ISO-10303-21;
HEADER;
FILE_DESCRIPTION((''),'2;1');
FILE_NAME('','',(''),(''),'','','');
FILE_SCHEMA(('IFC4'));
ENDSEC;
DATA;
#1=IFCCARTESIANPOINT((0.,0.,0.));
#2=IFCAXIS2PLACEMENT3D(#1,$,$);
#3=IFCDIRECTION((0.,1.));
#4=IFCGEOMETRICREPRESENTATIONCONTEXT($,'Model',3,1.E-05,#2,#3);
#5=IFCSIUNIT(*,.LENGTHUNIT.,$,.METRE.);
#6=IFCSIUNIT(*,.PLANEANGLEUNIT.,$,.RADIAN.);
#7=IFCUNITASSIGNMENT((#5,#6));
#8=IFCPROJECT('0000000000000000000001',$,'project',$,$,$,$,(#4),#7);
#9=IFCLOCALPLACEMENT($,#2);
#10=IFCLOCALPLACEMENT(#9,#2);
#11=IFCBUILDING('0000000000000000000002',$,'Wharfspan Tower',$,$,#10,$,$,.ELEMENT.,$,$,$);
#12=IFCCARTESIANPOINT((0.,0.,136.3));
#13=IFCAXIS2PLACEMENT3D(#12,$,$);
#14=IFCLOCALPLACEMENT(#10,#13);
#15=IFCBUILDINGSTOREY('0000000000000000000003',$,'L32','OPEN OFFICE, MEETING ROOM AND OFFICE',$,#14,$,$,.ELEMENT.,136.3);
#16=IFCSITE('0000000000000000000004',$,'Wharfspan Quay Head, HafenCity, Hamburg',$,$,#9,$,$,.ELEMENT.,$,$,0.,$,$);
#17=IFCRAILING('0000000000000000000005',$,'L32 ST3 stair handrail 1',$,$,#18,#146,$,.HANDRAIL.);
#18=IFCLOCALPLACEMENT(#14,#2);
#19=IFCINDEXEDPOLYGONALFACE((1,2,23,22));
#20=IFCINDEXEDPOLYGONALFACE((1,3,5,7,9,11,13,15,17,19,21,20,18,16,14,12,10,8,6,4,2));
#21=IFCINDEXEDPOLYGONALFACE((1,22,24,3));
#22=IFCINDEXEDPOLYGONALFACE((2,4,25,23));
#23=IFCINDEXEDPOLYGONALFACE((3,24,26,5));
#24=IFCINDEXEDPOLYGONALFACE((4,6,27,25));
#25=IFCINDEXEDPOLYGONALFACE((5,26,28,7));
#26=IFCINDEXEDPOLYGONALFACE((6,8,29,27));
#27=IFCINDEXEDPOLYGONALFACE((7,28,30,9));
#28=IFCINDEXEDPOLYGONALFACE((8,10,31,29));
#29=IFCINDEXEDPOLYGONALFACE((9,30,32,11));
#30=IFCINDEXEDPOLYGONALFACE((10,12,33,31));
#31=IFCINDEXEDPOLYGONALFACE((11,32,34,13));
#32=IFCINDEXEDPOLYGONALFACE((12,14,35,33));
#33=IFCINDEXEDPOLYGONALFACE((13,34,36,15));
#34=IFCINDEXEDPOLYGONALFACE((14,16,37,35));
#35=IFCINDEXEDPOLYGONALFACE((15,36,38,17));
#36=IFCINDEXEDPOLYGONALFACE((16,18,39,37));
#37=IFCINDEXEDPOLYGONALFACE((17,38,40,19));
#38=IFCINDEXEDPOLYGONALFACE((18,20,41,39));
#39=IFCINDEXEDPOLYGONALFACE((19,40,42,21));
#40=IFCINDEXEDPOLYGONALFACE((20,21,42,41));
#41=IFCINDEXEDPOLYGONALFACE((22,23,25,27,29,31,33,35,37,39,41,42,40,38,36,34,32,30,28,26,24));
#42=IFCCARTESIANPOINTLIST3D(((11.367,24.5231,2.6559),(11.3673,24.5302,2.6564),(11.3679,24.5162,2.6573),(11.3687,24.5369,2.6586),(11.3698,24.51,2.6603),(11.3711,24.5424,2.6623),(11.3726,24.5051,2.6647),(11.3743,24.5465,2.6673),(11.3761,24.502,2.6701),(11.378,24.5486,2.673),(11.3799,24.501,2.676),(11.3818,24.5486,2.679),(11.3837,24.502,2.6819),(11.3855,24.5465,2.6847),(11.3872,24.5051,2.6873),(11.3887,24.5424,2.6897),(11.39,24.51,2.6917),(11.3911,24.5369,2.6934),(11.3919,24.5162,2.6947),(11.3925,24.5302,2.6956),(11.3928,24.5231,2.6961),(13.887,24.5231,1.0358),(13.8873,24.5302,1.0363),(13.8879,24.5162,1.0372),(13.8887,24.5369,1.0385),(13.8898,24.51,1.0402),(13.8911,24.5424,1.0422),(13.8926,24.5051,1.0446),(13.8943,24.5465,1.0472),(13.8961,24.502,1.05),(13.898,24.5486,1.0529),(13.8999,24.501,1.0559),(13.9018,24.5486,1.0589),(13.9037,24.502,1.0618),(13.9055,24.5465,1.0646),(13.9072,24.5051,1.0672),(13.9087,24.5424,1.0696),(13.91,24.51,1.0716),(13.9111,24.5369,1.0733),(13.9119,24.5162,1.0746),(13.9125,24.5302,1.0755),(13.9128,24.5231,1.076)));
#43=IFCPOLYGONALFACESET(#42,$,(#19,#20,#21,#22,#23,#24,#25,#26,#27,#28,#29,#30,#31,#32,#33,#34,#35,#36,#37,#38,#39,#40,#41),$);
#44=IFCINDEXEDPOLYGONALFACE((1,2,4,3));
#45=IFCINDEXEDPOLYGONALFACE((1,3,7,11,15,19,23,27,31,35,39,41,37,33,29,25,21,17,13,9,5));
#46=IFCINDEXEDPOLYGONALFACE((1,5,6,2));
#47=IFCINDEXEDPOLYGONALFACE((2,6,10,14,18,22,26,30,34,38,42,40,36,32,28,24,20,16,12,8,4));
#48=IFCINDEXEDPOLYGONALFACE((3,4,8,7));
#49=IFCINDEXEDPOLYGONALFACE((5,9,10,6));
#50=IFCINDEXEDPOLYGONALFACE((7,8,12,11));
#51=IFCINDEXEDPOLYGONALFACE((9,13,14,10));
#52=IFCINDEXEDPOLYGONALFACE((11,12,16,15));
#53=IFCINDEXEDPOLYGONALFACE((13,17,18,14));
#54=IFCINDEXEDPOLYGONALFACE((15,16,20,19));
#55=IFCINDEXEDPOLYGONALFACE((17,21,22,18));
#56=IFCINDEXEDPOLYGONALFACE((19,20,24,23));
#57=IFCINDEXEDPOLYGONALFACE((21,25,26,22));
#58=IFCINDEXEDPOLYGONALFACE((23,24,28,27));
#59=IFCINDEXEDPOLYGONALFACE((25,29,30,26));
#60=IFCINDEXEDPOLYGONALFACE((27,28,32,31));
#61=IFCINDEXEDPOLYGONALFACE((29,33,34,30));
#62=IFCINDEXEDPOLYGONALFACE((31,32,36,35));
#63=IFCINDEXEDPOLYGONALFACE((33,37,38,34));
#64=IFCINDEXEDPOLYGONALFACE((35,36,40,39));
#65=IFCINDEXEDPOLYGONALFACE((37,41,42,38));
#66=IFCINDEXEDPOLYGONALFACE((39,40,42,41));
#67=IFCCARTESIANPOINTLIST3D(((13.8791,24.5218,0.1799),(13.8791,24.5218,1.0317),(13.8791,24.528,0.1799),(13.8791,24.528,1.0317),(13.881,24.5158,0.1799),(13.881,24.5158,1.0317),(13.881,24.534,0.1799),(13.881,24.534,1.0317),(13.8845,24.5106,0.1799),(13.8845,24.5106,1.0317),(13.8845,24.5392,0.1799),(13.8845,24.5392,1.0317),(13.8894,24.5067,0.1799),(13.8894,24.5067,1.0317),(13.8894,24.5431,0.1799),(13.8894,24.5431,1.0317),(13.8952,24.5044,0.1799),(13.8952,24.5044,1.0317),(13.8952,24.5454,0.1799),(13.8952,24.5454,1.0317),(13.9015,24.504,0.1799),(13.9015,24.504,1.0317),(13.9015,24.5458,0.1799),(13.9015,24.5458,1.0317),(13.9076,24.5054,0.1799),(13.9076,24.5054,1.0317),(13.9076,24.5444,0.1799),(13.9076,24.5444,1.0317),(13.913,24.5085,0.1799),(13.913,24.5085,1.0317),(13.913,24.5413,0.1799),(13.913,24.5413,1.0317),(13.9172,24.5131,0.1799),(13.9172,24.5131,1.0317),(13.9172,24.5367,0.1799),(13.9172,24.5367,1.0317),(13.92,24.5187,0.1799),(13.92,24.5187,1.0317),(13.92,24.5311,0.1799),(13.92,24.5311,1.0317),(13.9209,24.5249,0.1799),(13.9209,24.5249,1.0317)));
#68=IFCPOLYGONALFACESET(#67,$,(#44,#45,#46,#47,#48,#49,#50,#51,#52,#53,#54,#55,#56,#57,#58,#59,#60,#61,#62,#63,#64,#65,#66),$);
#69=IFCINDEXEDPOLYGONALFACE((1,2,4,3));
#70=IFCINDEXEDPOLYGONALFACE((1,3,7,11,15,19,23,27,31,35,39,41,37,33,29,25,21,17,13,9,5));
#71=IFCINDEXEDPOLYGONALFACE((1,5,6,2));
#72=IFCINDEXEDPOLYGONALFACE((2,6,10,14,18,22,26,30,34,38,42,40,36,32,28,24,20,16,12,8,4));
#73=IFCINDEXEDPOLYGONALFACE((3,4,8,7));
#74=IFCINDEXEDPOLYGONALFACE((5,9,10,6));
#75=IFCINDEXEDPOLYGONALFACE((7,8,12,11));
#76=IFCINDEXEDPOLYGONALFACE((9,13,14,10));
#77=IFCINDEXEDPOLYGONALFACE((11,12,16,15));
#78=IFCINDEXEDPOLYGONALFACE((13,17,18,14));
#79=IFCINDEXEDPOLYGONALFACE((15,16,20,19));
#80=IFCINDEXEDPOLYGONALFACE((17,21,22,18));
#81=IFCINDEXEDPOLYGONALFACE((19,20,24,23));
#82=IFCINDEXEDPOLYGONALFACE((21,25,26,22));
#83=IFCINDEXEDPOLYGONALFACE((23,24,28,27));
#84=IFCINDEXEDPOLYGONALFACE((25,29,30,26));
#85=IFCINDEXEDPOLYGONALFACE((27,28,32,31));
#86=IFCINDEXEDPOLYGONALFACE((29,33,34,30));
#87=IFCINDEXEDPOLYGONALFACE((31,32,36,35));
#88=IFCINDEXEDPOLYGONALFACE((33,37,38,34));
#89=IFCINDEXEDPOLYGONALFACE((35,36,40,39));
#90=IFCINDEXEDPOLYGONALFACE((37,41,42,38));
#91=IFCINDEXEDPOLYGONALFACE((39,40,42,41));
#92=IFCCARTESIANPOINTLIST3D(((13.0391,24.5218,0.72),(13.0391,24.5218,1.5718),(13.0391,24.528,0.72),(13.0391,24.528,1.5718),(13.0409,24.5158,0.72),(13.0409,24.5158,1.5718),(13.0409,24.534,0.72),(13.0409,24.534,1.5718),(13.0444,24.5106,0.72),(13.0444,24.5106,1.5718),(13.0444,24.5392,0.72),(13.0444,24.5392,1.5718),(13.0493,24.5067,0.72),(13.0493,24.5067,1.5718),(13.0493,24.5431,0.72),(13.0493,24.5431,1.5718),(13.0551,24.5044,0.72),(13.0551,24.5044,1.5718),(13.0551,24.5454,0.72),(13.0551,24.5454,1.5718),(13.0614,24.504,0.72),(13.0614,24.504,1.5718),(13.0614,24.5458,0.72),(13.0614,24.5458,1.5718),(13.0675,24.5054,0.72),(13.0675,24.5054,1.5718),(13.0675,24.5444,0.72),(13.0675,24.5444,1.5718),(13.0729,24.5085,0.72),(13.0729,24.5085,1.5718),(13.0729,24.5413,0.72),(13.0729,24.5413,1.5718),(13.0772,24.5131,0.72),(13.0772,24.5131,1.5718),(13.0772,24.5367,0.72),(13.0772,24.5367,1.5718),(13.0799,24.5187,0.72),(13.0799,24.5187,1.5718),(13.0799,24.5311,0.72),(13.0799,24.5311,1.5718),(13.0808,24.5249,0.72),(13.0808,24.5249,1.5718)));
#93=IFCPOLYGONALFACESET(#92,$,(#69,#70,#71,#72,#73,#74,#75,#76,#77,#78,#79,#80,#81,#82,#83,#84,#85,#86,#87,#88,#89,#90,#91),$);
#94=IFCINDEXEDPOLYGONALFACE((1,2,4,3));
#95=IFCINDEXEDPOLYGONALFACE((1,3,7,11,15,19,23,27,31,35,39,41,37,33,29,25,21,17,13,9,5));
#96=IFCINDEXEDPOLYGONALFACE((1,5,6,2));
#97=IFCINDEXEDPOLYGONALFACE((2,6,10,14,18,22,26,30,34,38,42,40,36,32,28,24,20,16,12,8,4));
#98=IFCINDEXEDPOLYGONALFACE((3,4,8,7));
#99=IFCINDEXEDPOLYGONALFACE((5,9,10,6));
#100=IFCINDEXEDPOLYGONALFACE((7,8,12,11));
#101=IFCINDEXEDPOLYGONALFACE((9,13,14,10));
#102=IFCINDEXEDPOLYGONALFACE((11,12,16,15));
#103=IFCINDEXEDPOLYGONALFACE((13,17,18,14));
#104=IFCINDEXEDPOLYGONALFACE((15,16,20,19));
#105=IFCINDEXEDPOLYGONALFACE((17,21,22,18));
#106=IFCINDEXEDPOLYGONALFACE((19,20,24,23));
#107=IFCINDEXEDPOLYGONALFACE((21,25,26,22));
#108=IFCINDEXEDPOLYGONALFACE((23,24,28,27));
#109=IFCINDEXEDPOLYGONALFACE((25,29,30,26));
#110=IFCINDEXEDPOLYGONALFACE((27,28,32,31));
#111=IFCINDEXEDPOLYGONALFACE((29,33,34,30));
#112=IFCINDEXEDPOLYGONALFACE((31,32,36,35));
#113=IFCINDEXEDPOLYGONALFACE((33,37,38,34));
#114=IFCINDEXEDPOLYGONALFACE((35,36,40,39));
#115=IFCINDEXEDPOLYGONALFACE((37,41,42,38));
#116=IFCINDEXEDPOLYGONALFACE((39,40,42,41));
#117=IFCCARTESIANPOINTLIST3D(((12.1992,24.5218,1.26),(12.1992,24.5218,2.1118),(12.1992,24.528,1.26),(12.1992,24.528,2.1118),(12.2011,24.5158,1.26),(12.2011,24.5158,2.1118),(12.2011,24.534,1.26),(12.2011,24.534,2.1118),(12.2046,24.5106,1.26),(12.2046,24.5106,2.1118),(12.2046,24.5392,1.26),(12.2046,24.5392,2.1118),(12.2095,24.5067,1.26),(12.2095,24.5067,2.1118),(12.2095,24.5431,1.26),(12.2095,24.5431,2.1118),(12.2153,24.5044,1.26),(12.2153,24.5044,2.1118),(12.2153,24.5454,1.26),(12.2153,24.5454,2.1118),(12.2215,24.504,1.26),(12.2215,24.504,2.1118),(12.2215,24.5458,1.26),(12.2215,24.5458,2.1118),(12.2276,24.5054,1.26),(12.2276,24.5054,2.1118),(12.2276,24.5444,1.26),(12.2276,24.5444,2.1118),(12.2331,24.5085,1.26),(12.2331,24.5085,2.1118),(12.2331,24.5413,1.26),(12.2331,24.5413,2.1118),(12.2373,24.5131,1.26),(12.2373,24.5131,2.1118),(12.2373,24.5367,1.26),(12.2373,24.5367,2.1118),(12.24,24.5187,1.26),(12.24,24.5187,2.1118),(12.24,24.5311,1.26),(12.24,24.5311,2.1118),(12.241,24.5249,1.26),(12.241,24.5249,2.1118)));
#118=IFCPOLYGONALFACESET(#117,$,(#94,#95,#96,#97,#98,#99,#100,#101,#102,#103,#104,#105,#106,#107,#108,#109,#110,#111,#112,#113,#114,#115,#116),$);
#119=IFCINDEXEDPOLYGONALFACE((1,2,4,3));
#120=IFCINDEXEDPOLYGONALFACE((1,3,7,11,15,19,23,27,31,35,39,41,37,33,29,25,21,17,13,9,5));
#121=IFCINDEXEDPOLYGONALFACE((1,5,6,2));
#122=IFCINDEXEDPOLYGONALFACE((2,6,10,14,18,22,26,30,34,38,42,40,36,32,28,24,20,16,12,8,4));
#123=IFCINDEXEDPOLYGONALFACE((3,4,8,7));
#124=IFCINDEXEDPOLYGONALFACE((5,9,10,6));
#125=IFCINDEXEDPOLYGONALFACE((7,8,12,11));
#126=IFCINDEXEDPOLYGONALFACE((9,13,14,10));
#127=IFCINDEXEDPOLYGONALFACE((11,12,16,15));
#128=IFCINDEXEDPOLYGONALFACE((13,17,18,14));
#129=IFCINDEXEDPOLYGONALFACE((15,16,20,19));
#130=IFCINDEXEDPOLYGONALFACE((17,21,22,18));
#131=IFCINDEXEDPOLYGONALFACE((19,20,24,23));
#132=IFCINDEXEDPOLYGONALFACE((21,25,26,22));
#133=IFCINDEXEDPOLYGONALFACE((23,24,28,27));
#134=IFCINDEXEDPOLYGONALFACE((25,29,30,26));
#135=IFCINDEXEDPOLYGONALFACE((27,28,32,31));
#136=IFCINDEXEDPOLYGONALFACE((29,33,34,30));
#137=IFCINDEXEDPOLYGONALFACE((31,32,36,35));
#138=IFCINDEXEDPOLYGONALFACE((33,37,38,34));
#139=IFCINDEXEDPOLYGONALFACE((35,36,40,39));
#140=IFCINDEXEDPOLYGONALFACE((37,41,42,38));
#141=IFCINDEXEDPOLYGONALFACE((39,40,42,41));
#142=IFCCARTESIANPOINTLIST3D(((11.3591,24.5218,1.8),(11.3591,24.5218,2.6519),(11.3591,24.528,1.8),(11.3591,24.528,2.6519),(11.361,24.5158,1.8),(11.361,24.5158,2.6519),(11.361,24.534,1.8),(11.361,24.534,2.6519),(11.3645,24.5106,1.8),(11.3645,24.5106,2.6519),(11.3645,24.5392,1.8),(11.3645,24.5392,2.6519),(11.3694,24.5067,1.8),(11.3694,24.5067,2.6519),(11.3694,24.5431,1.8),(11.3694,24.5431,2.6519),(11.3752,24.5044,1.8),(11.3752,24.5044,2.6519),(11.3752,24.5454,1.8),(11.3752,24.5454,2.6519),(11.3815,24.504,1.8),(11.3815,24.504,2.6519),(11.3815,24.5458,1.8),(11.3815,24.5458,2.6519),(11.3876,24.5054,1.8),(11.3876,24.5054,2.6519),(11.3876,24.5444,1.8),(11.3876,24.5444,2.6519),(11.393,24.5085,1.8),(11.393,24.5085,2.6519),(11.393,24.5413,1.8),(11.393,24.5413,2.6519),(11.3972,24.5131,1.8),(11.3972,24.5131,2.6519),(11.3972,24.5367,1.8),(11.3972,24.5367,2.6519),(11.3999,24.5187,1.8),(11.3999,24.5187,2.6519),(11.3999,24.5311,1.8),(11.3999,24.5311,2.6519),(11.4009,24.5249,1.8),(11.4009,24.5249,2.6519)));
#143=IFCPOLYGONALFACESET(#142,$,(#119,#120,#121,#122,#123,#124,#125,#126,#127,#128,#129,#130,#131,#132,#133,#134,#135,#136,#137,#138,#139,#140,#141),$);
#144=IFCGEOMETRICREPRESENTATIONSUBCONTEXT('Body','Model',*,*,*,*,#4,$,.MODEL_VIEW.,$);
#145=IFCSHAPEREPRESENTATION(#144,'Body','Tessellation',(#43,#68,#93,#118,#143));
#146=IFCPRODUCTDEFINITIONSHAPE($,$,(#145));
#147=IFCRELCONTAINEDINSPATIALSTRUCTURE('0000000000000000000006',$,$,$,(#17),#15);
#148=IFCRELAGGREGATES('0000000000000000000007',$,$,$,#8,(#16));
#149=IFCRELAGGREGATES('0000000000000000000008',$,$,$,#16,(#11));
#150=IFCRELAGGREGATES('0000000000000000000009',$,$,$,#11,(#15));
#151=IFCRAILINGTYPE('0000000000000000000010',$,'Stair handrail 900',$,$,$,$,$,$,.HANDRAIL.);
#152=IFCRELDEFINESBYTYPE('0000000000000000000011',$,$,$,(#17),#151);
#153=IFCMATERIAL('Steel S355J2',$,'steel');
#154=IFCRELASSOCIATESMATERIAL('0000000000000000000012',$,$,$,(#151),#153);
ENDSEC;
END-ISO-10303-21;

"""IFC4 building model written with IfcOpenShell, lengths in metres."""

from ifc_helpers import new_model, si_unit, direction, frame, origin, origin_2d, place, context, subcontext, project, spatial, circle, extrude, material, type_object, element, save


model = new_model("IFC4")

# Units and contexts
model_context = context("Model", 3, precision=1e-05, world=origin(), true_north=direction((0.0, 1.0)))
body_context = subcontext(model_context, "Body", "Model", "MODEL_VIEW")
ifc_project = project(units=[si_unit("LENGTHUNIT", "METRE"), si_unit("PLANEANGLEUNIT", "RADIAN")], contexts=[model_context])

# Site, building, storey
site_placement = place(None, origin())
site = spatial("IfcSite", under=ifc_project, at=site_placement, Name="Wharfspan Quay Head, HafenCity, Hamburg", CompositionType="ELEMENT", RefElevation=0.0)
building_placement = place(site_placement, origin())
building = spatial("IfcBuilding", under=site, at=building_placement, Name="Wharfspan Tower", CompositionType="ELEMENT")
storey_placement = place(building_placement, frame((0.0, 0.0, 136.3)))
storey = spatial("IfcBuildingStorey", under=building, at=storey_placement, Name="L32", Description="OPEN OFFICE, MEETING ROOM AND OFFICE", CompositionType="ELEMENT", Elevation=136.3)

# Shared definitions
ifc_material_1 = material(Name="Steel S355J2", Category="steel")

# Railing
railing_type_1 = type_object("IfcRailingType", Name="Stair handrail 900", PredefinedType="HANDRAIL", material=ifc_material_1)
railing_1_placement = place(storey_placement, frame((13.8999, 24.5249, 0.1799)))
element("IfcRailing", 1, at=railing_1_placement, inside=storey, type_object=railing_type_1, Name="L32 ST3 stair handrail 1", PredefinedType="HANDRAIL", context=body_context, shape_type="SweptSolid", body=[
    extrude(circle(Radius=0.0239, at=origin_2d()), frame((0.0, 0.0, 0.876), z_axis=(-0.841163, 0.0, 0.540782), x_axis=(0.0, -1.0, 0.0)), (0.0, 0.0, 1.0), 2.9958),
    extrude(circle(Radius=0.021, at=origin_2d()), origin(), (0.0, 0.0, 1.0), 0.8518),
    extrude(circle(Radius=0.021, at=origin_2d()), frame((-0.8401, 0.0, 0.54)), (0.0, 0.0, 1.0), 0.8518),
    extrude(circle(Radius=0.021, at=origin_2d()), frame((-1.6799, 0.0, 1.0801)), (0.0, 0.0, 1.0), 0.8518),
    extrude(circle(Radius=0.021, at=origin_2d()), frame((-2.52, 0.0, 1.6201)), (0.0, 0.0, 1.0), 0.8518),
])

save(model, "model.ifc")
